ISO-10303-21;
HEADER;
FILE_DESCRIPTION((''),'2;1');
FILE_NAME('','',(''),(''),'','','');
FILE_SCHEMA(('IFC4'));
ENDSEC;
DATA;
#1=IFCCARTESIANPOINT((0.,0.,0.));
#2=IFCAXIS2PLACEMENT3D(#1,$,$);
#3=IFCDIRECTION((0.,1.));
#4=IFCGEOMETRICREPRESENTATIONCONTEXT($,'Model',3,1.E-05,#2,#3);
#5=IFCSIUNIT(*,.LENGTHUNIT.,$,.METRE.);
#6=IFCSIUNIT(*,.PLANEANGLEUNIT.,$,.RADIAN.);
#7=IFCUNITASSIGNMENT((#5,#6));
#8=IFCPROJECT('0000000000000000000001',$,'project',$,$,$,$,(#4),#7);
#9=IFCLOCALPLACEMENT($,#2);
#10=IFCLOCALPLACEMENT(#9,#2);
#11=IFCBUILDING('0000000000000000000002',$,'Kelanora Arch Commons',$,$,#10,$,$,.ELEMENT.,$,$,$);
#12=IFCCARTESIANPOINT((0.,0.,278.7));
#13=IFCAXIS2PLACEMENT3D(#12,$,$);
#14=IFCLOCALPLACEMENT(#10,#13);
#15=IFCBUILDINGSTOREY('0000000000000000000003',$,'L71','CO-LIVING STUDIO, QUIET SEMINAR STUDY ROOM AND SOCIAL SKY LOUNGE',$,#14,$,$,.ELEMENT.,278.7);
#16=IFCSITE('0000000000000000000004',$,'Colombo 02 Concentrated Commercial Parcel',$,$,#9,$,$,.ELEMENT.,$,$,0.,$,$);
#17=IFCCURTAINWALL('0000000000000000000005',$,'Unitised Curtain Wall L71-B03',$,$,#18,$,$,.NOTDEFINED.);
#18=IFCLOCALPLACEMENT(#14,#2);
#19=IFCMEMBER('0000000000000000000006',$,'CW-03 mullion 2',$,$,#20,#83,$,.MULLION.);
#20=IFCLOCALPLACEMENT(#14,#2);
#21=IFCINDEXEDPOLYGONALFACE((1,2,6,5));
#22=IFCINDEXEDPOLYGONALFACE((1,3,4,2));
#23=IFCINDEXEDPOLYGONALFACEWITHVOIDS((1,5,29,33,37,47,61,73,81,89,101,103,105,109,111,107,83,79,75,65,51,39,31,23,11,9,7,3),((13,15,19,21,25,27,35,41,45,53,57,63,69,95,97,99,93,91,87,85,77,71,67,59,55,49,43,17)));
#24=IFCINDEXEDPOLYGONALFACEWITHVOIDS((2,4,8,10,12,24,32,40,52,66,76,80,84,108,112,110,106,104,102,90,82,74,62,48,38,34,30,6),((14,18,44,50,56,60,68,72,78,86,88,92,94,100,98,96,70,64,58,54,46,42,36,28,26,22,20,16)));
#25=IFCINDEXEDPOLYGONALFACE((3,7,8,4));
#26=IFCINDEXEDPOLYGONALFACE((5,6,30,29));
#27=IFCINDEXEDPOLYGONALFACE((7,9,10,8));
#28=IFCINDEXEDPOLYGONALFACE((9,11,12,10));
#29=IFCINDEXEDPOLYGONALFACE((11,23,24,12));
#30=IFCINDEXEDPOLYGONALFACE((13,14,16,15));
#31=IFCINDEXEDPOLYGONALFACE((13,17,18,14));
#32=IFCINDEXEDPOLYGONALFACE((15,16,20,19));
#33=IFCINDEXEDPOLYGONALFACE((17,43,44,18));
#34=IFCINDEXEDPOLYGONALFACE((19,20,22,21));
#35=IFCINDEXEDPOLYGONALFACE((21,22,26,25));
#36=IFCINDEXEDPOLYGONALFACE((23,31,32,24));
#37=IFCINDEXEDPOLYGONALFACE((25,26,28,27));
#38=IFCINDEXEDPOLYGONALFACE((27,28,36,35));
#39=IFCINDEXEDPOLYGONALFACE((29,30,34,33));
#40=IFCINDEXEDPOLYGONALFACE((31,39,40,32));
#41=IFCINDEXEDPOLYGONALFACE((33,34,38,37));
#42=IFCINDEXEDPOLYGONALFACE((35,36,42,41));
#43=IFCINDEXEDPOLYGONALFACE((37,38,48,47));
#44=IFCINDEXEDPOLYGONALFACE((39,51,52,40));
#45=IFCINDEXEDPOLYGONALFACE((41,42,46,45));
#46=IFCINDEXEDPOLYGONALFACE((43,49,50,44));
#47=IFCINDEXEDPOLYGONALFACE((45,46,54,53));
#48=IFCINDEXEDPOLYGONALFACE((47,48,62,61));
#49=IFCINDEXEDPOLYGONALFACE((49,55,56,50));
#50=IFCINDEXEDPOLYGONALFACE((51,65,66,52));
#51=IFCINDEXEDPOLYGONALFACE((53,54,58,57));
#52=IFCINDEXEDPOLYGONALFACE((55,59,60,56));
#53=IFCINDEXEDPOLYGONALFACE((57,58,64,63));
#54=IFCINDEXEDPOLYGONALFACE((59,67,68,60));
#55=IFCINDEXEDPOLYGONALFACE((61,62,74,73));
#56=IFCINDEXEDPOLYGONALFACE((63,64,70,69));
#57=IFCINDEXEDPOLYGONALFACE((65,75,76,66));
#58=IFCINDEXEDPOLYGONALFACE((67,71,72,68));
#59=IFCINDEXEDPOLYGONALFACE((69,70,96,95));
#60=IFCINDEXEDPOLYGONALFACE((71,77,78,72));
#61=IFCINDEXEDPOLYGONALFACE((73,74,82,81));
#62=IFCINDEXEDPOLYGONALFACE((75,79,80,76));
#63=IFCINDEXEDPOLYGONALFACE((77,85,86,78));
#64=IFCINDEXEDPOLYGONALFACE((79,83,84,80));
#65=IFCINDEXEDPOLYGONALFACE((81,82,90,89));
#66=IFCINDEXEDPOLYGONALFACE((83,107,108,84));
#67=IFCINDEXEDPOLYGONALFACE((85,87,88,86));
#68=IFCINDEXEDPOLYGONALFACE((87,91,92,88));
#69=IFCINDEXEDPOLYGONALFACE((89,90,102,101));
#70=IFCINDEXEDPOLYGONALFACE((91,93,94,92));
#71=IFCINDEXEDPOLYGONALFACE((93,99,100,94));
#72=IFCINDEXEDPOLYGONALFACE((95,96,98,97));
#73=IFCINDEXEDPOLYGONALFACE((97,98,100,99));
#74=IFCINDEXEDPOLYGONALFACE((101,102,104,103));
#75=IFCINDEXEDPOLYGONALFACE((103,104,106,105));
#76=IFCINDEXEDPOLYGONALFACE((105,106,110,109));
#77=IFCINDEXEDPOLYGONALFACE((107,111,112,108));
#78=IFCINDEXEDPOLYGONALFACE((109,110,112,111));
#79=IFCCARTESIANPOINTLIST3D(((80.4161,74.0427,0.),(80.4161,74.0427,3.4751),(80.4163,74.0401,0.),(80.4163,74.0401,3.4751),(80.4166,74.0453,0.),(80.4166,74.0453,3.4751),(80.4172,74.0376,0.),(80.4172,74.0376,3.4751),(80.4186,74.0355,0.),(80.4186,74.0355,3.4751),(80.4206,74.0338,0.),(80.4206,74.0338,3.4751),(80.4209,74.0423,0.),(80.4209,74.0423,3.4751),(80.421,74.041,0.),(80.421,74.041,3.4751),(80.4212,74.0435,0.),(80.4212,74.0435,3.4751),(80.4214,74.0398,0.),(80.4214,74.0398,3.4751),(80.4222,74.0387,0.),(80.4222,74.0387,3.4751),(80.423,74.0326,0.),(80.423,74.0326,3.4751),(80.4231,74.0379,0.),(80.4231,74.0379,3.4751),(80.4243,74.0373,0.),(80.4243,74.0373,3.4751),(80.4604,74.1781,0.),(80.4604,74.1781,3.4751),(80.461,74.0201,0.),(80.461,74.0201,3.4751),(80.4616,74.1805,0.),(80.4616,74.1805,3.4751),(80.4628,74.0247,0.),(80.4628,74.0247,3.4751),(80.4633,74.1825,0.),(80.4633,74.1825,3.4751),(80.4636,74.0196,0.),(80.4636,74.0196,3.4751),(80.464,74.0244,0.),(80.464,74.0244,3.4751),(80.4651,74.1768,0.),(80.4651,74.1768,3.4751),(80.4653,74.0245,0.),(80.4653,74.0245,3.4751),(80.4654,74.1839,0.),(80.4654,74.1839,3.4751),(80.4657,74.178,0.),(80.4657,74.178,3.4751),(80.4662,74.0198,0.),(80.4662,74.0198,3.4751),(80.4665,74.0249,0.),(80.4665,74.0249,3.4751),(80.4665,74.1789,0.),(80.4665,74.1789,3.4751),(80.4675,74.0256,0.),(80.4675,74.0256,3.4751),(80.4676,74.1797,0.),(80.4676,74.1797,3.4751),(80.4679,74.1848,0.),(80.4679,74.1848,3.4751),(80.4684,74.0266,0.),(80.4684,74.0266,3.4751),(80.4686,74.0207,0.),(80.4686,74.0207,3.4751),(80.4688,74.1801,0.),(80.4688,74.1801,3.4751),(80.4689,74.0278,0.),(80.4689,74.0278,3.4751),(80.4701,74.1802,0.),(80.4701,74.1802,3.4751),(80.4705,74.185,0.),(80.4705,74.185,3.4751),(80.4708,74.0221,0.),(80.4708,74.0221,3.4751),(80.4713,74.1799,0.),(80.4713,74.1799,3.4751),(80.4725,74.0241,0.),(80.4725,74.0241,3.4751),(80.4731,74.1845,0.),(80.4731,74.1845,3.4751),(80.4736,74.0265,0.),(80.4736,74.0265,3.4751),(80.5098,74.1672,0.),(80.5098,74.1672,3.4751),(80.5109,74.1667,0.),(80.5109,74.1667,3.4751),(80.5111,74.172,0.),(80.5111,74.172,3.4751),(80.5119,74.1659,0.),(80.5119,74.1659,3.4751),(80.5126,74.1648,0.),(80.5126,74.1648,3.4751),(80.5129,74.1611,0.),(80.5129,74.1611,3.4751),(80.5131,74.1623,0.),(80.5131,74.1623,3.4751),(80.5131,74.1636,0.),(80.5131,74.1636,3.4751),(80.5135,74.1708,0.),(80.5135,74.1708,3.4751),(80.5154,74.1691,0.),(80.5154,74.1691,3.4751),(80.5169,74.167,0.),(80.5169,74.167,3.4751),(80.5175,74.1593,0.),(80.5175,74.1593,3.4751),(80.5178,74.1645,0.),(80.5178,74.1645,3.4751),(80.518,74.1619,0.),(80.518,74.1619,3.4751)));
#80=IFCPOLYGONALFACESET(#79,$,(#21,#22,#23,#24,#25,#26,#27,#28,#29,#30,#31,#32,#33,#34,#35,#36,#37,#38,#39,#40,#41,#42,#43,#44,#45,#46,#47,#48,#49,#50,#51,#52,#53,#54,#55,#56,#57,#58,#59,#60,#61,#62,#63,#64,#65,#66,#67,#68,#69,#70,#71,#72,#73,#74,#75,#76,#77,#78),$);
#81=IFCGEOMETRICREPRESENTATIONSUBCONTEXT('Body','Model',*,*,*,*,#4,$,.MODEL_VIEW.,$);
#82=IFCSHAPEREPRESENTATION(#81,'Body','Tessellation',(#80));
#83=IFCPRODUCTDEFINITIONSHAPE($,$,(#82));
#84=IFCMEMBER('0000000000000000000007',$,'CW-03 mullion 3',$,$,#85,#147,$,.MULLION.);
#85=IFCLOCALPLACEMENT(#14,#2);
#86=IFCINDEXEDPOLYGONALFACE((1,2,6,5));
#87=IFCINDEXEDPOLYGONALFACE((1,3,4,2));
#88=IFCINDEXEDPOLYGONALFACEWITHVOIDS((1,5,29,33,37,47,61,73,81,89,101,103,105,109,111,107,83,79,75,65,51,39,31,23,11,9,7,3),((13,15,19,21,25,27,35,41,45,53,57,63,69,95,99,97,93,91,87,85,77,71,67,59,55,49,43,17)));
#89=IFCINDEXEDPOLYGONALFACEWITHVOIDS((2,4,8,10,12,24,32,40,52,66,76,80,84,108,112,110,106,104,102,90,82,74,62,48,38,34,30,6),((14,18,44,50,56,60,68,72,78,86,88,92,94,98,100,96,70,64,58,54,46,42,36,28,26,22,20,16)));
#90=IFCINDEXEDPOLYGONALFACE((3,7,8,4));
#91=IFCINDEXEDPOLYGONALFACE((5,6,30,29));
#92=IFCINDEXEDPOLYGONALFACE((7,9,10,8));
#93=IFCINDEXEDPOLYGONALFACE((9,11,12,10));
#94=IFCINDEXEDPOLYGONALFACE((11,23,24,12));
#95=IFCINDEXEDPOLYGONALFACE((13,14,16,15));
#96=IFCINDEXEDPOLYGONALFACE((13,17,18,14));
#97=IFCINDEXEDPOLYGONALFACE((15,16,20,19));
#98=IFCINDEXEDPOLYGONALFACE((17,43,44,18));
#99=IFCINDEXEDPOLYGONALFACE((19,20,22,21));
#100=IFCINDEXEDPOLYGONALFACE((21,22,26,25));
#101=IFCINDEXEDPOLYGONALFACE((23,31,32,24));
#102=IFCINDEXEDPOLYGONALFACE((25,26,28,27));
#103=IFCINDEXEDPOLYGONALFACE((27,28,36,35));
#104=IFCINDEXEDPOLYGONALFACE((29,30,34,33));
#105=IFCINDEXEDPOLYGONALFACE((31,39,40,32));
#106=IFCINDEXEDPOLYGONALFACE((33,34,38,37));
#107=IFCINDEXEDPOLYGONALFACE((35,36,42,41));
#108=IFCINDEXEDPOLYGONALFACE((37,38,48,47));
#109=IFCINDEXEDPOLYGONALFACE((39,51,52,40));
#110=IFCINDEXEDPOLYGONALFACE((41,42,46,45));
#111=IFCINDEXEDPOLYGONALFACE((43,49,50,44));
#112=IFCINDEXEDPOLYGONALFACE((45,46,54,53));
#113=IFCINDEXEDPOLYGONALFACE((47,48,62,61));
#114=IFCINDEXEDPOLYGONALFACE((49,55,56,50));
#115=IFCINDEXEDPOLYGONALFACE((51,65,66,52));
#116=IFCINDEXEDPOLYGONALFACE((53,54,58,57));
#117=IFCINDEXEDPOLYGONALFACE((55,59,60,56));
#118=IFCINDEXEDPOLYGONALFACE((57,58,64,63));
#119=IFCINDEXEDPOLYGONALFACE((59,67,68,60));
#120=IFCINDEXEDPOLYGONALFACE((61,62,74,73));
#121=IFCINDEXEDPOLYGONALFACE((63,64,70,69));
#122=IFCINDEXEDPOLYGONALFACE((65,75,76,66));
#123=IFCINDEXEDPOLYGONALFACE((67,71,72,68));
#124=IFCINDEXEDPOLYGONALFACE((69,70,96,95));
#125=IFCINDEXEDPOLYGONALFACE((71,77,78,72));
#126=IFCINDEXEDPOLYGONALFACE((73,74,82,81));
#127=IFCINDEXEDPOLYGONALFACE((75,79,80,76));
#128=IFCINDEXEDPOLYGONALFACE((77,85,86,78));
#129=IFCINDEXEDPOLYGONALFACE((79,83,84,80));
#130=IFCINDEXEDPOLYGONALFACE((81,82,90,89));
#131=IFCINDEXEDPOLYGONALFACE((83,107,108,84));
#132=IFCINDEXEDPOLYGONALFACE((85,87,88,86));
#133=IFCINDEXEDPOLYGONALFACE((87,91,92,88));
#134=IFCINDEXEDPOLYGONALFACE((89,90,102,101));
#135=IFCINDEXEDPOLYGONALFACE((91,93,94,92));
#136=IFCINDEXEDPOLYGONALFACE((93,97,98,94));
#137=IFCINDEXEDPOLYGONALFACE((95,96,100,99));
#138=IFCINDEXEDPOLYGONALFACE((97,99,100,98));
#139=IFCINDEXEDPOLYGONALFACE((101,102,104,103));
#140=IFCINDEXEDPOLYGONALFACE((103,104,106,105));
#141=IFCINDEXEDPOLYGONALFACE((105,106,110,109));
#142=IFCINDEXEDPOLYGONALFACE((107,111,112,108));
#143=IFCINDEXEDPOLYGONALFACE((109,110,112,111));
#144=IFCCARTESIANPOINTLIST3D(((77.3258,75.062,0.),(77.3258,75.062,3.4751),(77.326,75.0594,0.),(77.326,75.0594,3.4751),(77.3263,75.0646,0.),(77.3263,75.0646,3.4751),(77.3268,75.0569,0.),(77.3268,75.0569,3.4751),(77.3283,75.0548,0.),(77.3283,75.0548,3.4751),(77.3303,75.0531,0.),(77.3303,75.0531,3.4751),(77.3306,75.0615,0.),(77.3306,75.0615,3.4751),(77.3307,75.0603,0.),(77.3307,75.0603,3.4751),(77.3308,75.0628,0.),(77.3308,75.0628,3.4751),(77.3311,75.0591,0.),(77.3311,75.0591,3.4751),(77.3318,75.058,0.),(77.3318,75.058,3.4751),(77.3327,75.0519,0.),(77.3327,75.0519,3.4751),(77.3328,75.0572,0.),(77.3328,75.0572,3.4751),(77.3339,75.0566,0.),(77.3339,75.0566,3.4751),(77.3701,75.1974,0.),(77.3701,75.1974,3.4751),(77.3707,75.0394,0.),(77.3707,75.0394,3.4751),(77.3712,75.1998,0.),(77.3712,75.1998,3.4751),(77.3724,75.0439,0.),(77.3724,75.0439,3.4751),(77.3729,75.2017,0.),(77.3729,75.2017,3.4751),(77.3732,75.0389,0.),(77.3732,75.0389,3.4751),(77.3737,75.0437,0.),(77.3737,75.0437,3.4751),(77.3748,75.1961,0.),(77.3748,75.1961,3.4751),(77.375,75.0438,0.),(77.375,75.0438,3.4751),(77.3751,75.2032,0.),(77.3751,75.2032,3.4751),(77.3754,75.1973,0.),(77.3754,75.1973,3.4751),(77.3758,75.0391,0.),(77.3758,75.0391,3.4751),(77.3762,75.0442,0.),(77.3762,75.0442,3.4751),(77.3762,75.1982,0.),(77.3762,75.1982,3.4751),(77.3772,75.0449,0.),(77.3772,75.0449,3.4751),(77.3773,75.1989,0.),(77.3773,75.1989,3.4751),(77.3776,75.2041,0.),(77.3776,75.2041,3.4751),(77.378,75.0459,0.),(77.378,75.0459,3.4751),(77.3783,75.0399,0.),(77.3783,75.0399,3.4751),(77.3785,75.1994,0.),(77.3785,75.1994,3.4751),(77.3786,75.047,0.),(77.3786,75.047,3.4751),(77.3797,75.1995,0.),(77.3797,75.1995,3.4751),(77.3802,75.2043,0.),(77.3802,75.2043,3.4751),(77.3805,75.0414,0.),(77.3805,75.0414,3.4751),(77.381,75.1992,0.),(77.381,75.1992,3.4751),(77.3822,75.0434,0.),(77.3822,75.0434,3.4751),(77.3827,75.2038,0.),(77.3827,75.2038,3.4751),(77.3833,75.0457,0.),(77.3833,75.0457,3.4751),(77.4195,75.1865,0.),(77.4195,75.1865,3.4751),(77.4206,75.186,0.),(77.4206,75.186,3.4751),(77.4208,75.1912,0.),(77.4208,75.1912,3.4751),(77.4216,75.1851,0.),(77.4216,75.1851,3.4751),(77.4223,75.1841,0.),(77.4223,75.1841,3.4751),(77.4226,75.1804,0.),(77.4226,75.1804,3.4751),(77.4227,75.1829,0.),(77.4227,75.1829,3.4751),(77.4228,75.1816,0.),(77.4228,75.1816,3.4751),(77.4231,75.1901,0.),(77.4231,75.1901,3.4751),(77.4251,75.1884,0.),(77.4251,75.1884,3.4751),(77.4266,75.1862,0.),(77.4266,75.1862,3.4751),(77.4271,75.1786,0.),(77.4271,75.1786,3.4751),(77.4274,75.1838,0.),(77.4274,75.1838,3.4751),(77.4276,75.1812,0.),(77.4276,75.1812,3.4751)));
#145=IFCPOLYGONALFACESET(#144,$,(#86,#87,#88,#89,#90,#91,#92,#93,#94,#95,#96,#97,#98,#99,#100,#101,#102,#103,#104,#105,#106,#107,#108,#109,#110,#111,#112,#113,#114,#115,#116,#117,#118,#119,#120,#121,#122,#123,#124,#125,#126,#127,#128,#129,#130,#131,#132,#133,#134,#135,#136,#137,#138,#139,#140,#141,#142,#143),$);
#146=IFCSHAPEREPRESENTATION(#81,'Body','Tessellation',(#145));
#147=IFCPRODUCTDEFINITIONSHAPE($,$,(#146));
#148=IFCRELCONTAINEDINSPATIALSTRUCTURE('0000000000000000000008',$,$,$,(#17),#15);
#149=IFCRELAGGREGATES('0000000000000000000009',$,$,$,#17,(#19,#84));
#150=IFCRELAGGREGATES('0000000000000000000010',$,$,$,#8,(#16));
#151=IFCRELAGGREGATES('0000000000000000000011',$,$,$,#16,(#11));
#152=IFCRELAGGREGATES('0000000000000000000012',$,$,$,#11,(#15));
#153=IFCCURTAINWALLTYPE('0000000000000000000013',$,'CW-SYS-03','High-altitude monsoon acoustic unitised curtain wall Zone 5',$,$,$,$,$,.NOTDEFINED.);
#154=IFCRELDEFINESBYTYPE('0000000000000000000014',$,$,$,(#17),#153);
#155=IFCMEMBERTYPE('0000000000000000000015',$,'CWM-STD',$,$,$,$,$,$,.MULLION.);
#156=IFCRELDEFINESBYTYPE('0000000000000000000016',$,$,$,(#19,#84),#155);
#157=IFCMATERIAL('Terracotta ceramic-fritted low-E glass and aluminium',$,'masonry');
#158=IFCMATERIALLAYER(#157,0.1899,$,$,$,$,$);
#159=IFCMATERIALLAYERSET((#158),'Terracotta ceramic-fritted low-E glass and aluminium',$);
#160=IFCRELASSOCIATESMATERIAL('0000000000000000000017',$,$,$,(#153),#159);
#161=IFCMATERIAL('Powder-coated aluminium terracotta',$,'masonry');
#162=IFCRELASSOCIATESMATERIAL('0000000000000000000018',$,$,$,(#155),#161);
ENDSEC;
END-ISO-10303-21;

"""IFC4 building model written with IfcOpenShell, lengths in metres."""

from ifc_helpers import new_model, si_unit, direction, frame, origin, origin_2d, place, context, subcontext, project, spatial, hollow_rectangle, extrude, material, layer, layer_set, material_profile, profile_set, type_object, element, aggregate, save


model = new_model("IFC4")

# Units and contexts
model_context = context("Model", 3, precision=1e-05, world=origin(), true_north=direction((0.0, 1.0)))
body_context = subcontext(model_context, "Body", "Model", "MODEL_VIEW")
ifc_project = project(units=[si_unit("LENGTHUNIT", "METRE"), si_unit("PLANEANGLEUNIT", "RADIAN")], contexts=[model_context])

# Site, building, storey
site_placement = place(None, origin())
site = spatial("IfcSite", under=ifc_project, at=site_placement, Name="Colombo 02 Concentrated Commercial Parcel", CompositionType="ELEMENT", RefElevation=0.0)
building_placement = place(site_placement, origin())
building = spatial("IfcBuilding", under=site, at=building_placement, Name="Kelanora Arch Commons", CompositionType="ELEMENT")
storey_placement = place(building_placement, frame((0.0, 0.0, 278.7)))
storey = spatial("IfcBuildingStorey", under=building, at=storey_placement, Name="L71", Description="CO-LIVING STUDIO, QUIET SEMINAR STUDY ROOM AND SOCIAL SKY LOUNGE", CompositionType="ELEMENT", Elevation=278.7)

# Curtain wall, members
ifc_material_1 = material(Name="Terracotta ceramic-fritted low-E glass and aluminium", Category="masonry")
ifc_layer_1 = layer(ifc_material_1, 0.1899)
ifc_layer_set_1 = layer_set([ifc_layer_1], Name="Terracotta ceramic-fritted low-E glass and aluminium")
curtain_wall_type = type_object("IfcCurtainWallType", Name="CW-SYS-03", Description="High-altitude monsoon acoustic unitised curtain wall Zone 5", PredefinedType="NOTDEFINED", material=ifc_layer_set_1)
curtain_wall_placement = place(storey_placement, origin())
curtain_wall = element("IfcCurtainWall", 1, at=curtain_wall_placement, inside=storey, type_object=curtain_wall_type, Name="Unitised Curtain Wall L71-B03", PredefinedType="NOTDEFINED")
ifc_material_2 = material(Name="Powder-coated aluminium terracotta", Category="masonry")
ifc_material_profile_1 = material_profile(ifc_material_2, hollow_rectangle(XDim=0.1599, YDim=0.0601, WallThickness=0.0049, InnerFilletRadius=0.0049, OuterFilletRadius=0.01, at=origin_2d()), Name="CWM160x60")
ifc_profile_set_1 = profile_set([ifc_material_profile_1], Name="Powder-coated aluminium terracotta")
member_type_1 = type_object("IfcMemberType", Name="CWM-STD", PredefinedType="MULLION", material=ifc_profile_set_1)
member_1_placement = place(storey_placement, frame((80.467, 74.1023, 0.0), z_axis=(0.0, 0.0, 1.0), x_axis=(-0.313253, -0.94967, 0.0)))
member_1 = element("IfcMember", 2, at=member_1_placement, type_object=member_type_1, Name="CW-03 mullion 2", PredefinedType="MULLION", context=body_context, shape_type="SweptSolid", body=[
    extrude(hollow_rectangle(XDim=0.1599, YDim=0.0601, WallThickness=0.0049, InnerFilletRadius=0.0049, OuterFilletRadius=0.01, at=origin_2d()), origin(), (0.0, 0.0, 1.0), 3.4751),
])
member_2_placement = place(storey_placement, frame((77.3767, 75.1216, 0.0), z_axis=(0.0, 0.0, 1.0), x_axis=(-0.313253, -0.94967, 0.0)))
member_2 = element("IfcMember", 3, at=member_2_placement, type_object=member_type_1, Name="CW-03 mullion 3", PredefinedType="MULLION", context=body_context, shape_type="SweptSolid", body=[
    extrude(hollow_rectangle(XDim=0.1599, YDim=0.0601, WallThickness=0.0049, InnerFilletRadius=0.0049, OuterFilletRadius=0.01, at=origin_2d()), origin(), (0.0, 0.0, 1.0), 3.4751),
])
aggregate(curtain_wall, [member_1, member_2])

save(model, "model.ifc")
